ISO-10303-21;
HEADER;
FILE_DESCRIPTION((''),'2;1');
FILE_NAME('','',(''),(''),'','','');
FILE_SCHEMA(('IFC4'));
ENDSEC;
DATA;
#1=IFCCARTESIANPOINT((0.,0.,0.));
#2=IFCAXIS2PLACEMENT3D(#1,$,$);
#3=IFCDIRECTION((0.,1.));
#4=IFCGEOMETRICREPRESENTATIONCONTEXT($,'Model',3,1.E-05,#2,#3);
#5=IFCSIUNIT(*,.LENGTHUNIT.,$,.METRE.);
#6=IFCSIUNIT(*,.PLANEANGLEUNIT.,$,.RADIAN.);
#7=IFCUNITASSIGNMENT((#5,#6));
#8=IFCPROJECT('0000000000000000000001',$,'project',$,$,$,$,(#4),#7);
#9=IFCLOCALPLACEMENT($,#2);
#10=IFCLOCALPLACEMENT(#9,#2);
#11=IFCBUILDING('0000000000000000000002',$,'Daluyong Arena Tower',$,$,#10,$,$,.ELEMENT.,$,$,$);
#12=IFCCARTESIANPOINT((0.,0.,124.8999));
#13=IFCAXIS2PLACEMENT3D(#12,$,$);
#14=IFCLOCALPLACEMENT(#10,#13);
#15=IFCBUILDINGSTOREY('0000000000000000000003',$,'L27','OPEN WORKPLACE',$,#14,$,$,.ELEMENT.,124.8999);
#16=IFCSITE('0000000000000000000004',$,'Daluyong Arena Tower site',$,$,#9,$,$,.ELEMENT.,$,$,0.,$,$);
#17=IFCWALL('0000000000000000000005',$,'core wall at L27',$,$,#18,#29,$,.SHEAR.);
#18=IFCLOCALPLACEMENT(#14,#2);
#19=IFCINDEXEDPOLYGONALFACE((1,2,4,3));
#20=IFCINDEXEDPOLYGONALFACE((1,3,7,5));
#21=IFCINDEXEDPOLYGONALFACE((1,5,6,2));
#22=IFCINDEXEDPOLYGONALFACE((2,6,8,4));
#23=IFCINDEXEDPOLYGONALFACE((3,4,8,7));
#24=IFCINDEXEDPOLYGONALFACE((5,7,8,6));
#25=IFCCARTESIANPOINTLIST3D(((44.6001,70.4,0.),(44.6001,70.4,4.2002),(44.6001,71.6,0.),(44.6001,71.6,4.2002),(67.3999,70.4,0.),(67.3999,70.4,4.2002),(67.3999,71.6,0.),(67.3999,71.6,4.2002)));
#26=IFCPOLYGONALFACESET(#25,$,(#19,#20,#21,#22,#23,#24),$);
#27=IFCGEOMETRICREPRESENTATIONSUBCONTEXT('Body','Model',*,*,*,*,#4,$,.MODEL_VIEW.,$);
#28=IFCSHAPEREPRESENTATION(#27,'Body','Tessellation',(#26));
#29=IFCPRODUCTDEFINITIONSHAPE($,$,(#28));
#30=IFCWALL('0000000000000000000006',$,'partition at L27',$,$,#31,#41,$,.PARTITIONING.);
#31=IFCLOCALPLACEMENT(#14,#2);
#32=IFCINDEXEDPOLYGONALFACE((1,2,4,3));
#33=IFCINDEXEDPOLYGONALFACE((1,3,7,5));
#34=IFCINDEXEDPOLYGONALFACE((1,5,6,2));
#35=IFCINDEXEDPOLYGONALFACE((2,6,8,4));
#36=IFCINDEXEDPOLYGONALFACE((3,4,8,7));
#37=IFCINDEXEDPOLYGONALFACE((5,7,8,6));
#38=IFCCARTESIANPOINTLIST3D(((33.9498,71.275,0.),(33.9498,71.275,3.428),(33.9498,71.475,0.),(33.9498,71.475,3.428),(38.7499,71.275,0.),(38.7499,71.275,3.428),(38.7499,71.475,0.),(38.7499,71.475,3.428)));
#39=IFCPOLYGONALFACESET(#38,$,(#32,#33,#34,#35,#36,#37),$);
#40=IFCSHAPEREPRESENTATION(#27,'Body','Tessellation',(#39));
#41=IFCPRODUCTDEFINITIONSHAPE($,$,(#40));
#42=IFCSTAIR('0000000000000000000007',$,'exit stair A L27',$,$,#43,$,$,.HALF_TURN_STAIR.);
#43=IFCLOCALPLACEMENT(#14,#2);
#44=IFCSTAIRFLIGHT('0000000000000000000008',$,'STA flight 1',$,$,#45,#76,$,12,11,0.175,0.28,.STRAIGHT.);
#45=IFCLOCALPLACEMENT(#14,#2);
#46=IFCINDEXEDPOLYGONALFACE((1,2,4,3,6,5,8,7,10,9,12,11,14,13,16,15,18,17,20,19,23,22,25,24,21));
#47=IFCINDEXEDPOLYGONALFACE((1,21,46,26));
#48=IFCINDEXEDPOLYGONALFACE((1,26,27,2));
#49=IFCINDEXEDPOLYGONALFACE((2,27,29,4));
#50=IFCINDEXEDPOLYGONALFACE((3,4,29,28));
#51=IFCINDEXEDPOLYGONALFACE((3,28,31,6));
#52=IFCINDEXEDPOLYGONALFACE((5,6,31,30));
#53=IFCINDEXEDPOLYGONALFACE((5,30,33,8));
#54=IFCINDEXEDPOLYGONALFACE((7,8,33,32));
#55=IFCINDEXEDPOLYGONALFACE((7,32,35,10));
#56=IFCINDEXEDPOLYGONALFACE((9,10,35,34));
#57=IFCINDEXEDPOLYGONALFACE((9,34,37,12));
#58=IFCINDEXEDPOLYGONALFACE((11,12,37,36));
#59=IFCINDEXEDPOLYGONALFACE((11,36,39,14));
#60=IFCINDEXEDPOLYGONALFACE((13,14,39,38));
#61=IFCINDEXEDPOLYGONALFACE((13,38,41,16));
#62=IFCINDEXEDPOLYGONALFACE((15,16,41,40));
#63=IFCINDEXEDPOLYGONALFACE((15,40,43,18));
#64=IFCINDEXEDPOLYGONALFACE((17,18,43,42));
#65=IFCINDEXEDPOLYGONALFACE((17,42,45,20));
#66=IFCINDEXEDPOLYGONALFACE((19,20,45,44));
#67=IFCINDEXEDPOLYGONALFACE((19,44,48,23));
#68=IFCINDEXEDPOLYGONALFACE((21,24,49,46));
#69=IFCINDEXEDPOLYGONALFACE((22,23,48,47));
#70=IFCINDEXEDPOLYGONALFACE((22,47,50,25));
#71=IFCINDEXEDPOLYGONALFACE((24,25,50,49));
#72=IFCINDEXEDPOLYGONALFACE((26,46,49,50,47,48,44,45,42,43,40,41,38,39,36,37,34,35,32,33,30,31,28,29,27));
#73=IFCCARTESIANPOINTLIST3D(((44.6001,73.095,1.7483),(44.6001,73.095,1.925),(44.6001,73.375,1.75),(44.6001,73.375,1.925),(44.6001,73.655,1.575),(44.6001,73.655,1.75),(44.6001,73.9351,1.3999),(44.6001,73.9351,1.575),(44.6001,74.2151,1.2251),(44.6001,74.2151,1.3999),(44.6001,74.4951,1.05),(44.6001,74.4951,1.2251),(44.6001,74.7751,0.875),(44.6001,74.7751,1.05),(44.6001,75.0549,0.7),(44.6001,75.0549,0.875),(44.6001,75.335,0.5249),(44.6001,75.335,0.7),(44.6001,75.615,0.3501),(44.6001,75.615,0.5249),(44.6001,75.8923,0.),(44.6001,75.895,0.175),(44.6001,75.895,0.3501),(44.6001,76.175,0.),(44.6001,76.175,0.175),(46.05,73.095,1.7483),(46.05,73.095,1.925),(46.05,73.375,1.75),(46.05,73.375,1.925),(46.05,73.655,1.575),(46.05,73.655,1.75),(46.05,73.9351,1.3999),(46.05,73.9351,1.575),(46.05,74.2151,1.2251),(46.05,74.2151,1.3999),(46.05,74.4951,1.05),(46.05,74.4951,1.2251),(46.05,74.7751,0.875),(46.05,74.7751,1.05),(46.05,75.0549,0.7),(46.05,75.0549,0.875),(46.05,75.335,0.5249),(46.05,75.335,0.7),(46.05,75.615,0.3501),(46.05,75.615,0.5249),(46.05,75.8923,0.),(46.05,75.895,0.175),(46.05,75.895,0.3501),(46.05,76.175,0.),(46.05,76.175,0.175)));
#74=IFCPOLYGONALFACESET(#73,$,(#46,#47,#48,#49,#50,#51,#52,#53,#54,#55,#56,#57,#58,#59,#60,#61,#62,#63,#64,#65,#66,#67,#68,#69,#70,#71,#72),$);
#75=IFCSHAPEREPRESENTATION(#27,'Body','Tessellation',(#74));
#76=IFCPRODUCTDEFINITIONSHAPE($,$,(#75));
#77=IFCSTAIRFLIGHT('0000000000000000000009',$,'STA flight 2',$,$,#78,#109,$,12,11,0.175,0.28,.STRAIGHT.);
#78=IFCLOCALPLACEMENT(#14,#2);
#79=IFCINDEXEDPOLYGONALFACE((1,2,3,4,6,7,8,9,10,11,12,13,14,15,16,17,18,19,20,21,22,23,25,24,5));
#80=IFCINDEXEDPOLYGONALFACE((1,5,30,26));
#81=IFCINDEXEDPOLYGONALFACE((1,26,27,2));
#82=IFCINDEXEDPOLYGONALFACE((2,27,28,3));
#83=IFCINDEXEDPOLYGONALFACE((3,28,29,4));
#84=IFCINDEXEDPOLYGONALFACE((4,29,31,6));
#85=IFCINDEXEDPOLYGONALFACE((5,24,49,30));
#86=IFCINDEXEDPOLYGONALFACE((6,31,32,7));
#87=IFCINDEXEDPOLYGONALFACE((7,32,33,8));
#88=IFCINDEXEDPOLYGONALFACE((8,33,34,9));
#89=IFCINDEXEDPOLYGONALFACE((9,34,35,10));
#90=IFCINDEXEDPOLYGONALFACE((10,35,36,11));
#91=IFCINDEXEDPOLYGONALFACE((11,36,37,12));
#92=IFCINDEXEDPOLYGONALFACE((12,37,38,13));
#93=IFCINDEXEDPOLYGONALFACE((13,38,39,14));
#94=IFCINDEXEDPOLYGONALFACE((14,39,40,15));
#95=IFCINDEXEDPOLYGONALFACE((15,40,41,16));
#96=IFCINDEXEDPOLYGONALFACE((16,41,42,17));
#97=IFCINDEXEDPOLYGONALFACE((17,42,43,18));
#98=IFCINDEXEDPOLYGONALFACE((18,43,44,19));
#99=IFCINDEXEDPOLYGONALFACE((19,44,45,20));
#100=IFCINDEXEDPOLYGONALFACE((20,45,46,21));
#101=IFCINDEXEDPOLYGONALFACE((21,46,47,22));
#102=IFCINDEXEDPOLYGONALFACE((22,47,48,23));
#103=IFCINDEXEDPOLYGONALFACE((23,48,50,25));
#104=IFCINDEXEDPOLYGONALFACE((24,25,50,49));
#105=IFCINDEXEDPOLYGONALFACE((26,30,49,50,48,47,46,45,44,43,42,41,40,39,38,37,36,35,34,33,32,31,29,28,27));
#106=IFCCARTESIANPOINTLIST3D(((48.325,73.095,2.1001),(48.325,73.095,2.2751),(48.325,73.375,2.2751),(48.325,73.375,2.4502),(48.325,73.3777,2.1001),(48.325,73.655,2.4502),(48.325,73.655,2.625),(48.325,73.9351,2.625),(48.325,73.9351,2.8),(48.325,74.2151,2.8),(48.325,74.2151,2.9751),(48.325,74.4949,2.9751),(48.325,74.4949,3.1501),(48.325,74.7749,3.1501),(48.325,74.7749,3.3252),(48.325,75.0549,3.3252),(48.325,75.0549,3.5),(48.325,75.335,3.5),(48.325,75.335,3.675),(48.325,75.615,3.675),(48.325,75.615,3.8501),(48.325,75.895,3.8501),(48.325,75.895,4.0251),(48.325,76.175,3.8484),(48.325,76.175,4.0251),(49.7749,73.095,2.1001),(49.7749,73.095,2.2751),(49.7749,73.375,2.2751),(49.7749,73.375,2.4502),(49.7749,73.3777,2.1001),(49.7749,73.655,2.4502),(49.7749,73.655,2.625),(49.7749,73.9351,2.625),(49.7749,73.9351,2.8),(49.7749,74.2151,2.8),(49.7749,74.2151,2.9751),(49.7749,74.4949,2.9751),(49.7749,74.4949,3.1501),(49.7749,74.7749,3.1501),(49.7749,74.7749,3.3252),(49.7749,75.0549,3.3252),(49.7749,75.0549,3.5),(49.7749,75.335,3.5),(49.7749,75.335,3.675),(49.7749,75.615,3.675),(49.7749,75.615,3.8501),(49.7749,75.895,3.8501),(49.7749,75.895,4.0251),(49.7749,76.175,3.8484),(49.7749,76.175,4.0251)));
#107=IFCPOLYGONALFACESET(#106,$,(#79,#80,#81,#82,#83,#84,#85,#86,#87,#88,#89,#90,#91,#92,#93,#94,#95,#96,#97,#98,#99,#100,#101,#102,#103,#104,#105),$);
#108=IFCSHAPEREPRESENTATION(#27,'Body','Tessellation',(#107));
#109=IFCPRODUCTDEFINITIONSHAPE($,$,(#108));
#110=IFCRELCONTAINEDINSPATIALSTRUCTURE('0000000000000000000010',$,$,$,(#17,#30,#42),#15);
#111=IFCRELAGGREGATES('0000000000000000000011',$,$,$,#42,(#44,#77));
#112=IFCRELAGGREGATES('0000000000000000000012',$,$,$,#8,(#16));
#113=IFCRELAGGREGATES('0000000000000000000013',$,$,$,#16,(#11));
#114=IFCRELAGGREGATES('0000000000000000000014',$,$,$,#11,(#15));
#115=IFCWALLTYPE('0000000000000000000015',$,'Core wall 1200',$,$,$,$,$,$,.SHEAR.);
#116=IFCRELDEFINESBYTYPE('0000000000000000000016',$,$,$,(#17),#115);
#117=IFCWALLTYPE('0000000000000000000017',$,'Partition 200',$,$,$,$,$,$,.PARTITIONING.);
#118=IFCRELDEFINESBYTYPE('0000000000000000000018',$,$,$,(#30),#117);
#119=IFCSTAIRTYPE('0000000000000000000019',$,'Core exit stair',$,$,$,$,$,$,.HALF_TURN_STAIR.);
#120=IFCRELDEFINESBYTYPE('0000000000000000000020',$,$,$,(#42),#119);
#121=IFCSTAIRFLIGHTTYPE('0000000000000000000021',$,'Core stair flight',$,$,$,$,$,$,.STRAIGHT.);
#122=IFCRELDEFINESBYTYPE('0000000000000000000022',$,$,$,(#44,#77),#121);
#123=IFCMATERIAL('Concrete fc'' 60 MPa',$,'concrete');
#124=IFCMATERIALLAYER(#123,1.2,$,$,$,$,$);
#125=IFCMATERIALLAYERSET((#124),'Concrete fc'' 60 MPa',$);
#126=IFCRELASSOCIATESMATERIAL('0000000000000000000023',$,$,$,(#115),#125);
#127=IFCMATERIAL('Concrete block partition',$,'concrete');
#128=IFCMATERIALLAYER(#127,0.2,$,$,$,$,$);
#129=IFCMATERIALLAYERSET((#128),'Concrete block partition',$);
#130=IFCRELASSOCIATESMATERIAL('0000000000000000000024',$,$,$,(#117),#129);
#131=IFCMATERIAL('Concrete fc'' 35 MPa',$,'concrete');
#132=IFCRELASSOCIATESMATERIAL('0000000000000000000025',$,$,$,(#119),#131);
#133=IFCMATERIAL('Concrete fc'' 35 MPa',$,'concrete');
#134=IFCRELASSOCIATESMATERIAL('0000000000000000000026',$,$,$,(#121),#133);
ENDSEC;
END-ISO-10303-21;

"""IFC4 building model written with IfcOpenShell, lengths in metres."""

from ifc_helpers import new_model, si_unit, direction, frame, frame_2d, origin, place, context, subcontext, project, spatial, polyline, rectangle, outline, extrude, material, layer, layer_set, type_object, element, aggregate, save


model = new_model("IFC4")

# Units and contexts
model_context = context("Model", 3, precision=1e-05, world=origin(), true_north=direction((0.0, 1.0)))
body_context = subcontext(model_context, "Body", "Model", "MODEL_VIEW")
ifc_project = project(units=[si_unit("LENGTHUNIT", "METRE"), si_unit("PLANEANGLEUNIT", "RADIAN")], contexts=[model_context])

# Site, building, storey
site_placement = place(None, origin())
site = spatial("IfcSite", under=ifc_project, at=site_placement, Name="Daluyong Arena Tower site", CompositionType="ELEMENT", RefElevation=0.0)
building_placement = place(site_placement, origin())
building = spatial("IfcBuilding", under=site, at=building_placement, Name="Daluyong Arena Tower", CompositionType="ELEMENT")
storey_placement = place(building_placement, frame((0.0, 0.0, 124.8999)))
storey = spatial("IfcBuildingStorey", under=building, at=storey_placement, Name="L27", Description="OPEN WORKPLACE", CompositionType="ELEMENT", Elevation=124.8999)

# Shared definitions
ifc_material_1 = material(Name="Concrete fc' 60 MPa", Category="concrete")
ifc_layer_1 = layer(ifc_material_1, 1.2)
ifc_layer_set_1 = layer_set([ifc_layer_1], Name="Concrete fc' 60 MPa")
wall_type_1 = type_object("IfcWallType", Name="Core wall 1200", PredefinedType="SHEAR", material=ifc_layer_set_1)

# Walls
wall_1_placement = place(storey_placement, frame((44.6001, 71.0, 0.0), z_axis=(0.0, 0.0, 1.0), x_axis=(1.0, 0.0, 0.0)))
element("IfcWall", 1, at=wall_1_placement, inside=storey, type_object=wall_type_1, Name="core wall at L27", PredefinedType="SHEAR", context=body_context, shape_type="SweptSolid", body=[
    extrude(rectangle(XDim=22.7998, YDim=1.2, at=frame_2d((11.3999, 0.0))), origin(), (0.0, 0.0, 1.0), 4.2002),
])
ifc_material_2 = material(Name="Concrete block partition", Category="concrete")
ifc_layer_2 = layer(ifc_material_2, 0.2)
ifc_layer_set_2 = layer_set([ifc_layer_2], Name="Concrete block partition")
wall_type_2 = type_object("IfcWallType", Name="Partition 200", PredefinedType="PARTITIONING", material=ifc_layer_set_2)
wall_2_placement = place(storey_placement, frame((33.95, 71.375, 0.0), z_axis=(0.0, 0.0, 1.0), x_axis=(1.0, 0.0, 0.0)))
element("IfcWall", 2, at=wall_2_placement, inside=storey, type_object=wall_type_2, Name="partition at L27", PredefinedType="PARTITIONING", context=body_context, shape_type="SweptSolid", body=[
    extrude(rectangle(XDim=4.8, YDim=0.2, at=frame_2d((2.3999, 0.0))), origin(), (0.0, 0.0, 1.0), 3.428),
])

# Stair, stair flights
ifc_material_3 = material(Name="Concrete fc' 35 MPa", Category="concrete")
stair_type = type_object("IfcStairType", Name="Core exit stair", PredefinedType="HALF_TURN_STAIR", material=ifc_material_3)
stair_placement = place(storey_placement, origin())
stair = element("IfcStair", 3, at=stair_placement, inside=storey, type_object=stair_type, Name="exit stair A L27", PredefinedType="HALF_TURN_STAIR")
ifc_material_4 = material(Name="Concrete fc' 35 MPa", Category="concrete")
stair_flight_type = type_object("IfcStairFlightType", Name="Core stair flight", PredefinedType="STRAIGHT", material=ifc_material_4)
stair_flight_1_placement = place(storey_placement, frame((45.325, 76.175, 0.0), z_axis=(0.0, 0.0, 1.0), x_axis=(0.0, -1.0, 0.0)))
stair_flight_1 = element("IfcStairFlight", 4, at=stair_flight_1_placement, type_object=stair_flight_type, Name="STA flight 1", NumberOfRisers=12, NumberOfTreads=11, PredefinedType="STRAIGHT", RiserHeight=0.175, TreadLength=0.28, context=body_context, shape_type="SweptSolid", body=[
    extrude(outline(polyline([(0.0, 0.0), (0.0, 0.175), (0.28, 0.175), (0.28, 0.3501), (0.5601, 0.3501), (0.5601, 0.5249), (0.8401, 0.5249), (0.8401, 0.7), (1.1201, 0.7), (1.1201, 0.875), (1.3999, 0.875), (1.3999, 1.05), (1.6799, 1.05), (1.6799, 1.2251), (1.96, 1.2251), (1.96, 1.3999), (2.24, 1.3999), (2.24, 1.575), (2.52, 1.575), (2.52, 1.75), (2.8, 1.75), (2.8, 1.925), (3.0801, 1.925), (3.0801, 2.1001), (3.0801, 1.7483), (0.2827, 0.0), (0.0, 0.0)])), frame((0.0, 0.7251, 0.0), z_axis=(0.0, -1.0, 0.0), x_axis=(1.0, 0.0, 0.0)), (0.0, 0.0, 1.0), 1.45),
])
stair_flight_2_placement = place(storey_placement, frame((49.05, 73.095, 2.1001), z_axis=(0.0, 0.0, 1.0), x_axis=(0.0, 1.0, 0.0)))
stair_flight_2 = element("IfcStairFlight", 5, at=stair_flight_2_placement, type_object=stair_flight_type, Name="STA flight 2", NumberOfRisers=12, NumberOfTreads=11, PredefinedType="STRAIGHT", RiserHeight=0.175, TreadLength=0.28, context=body_context, shape_type="SweptSolid", body=[
    extrude(outline(polyline([(0.0, 0.0), (0.0, 0.175), (0.28, 0.175), (0.28, 0.3501), (0.5601, 0.3501), (0.5601, 0.5249), (0.8401, 0.5249), (0.8401, 0.7), (1.1201, 0.7), (1.1201, 0.875), (1.3999, 0.875), (1.3999, 1.05), (1.6799, 1.05), (1.6799, 1.2251), (1.96, 1.2251), (1.96, 1.3999), (2.24, 1.3999), (2.24, 1.575), (2.52, 1.575), (2.52, 1.75), (2.8, 1.75), (2.8, 1.925), (3.0801, 1.925), (3.0801, 2.1001), (3.0801, 1.7483), (0.2827, 0.0), (0.0, 0.0)])), frame((0.0, 0.7251, 0.0), z_axis=(0.0, -1.0, 0.0), x_axis=(1.0, 0.0, 0.0)), (0.0, 0.0, 1.0), 1.45),
])
aggregate(stair, [stair_flight_1, stair_flight_2])

save(model, "model.ifc")
